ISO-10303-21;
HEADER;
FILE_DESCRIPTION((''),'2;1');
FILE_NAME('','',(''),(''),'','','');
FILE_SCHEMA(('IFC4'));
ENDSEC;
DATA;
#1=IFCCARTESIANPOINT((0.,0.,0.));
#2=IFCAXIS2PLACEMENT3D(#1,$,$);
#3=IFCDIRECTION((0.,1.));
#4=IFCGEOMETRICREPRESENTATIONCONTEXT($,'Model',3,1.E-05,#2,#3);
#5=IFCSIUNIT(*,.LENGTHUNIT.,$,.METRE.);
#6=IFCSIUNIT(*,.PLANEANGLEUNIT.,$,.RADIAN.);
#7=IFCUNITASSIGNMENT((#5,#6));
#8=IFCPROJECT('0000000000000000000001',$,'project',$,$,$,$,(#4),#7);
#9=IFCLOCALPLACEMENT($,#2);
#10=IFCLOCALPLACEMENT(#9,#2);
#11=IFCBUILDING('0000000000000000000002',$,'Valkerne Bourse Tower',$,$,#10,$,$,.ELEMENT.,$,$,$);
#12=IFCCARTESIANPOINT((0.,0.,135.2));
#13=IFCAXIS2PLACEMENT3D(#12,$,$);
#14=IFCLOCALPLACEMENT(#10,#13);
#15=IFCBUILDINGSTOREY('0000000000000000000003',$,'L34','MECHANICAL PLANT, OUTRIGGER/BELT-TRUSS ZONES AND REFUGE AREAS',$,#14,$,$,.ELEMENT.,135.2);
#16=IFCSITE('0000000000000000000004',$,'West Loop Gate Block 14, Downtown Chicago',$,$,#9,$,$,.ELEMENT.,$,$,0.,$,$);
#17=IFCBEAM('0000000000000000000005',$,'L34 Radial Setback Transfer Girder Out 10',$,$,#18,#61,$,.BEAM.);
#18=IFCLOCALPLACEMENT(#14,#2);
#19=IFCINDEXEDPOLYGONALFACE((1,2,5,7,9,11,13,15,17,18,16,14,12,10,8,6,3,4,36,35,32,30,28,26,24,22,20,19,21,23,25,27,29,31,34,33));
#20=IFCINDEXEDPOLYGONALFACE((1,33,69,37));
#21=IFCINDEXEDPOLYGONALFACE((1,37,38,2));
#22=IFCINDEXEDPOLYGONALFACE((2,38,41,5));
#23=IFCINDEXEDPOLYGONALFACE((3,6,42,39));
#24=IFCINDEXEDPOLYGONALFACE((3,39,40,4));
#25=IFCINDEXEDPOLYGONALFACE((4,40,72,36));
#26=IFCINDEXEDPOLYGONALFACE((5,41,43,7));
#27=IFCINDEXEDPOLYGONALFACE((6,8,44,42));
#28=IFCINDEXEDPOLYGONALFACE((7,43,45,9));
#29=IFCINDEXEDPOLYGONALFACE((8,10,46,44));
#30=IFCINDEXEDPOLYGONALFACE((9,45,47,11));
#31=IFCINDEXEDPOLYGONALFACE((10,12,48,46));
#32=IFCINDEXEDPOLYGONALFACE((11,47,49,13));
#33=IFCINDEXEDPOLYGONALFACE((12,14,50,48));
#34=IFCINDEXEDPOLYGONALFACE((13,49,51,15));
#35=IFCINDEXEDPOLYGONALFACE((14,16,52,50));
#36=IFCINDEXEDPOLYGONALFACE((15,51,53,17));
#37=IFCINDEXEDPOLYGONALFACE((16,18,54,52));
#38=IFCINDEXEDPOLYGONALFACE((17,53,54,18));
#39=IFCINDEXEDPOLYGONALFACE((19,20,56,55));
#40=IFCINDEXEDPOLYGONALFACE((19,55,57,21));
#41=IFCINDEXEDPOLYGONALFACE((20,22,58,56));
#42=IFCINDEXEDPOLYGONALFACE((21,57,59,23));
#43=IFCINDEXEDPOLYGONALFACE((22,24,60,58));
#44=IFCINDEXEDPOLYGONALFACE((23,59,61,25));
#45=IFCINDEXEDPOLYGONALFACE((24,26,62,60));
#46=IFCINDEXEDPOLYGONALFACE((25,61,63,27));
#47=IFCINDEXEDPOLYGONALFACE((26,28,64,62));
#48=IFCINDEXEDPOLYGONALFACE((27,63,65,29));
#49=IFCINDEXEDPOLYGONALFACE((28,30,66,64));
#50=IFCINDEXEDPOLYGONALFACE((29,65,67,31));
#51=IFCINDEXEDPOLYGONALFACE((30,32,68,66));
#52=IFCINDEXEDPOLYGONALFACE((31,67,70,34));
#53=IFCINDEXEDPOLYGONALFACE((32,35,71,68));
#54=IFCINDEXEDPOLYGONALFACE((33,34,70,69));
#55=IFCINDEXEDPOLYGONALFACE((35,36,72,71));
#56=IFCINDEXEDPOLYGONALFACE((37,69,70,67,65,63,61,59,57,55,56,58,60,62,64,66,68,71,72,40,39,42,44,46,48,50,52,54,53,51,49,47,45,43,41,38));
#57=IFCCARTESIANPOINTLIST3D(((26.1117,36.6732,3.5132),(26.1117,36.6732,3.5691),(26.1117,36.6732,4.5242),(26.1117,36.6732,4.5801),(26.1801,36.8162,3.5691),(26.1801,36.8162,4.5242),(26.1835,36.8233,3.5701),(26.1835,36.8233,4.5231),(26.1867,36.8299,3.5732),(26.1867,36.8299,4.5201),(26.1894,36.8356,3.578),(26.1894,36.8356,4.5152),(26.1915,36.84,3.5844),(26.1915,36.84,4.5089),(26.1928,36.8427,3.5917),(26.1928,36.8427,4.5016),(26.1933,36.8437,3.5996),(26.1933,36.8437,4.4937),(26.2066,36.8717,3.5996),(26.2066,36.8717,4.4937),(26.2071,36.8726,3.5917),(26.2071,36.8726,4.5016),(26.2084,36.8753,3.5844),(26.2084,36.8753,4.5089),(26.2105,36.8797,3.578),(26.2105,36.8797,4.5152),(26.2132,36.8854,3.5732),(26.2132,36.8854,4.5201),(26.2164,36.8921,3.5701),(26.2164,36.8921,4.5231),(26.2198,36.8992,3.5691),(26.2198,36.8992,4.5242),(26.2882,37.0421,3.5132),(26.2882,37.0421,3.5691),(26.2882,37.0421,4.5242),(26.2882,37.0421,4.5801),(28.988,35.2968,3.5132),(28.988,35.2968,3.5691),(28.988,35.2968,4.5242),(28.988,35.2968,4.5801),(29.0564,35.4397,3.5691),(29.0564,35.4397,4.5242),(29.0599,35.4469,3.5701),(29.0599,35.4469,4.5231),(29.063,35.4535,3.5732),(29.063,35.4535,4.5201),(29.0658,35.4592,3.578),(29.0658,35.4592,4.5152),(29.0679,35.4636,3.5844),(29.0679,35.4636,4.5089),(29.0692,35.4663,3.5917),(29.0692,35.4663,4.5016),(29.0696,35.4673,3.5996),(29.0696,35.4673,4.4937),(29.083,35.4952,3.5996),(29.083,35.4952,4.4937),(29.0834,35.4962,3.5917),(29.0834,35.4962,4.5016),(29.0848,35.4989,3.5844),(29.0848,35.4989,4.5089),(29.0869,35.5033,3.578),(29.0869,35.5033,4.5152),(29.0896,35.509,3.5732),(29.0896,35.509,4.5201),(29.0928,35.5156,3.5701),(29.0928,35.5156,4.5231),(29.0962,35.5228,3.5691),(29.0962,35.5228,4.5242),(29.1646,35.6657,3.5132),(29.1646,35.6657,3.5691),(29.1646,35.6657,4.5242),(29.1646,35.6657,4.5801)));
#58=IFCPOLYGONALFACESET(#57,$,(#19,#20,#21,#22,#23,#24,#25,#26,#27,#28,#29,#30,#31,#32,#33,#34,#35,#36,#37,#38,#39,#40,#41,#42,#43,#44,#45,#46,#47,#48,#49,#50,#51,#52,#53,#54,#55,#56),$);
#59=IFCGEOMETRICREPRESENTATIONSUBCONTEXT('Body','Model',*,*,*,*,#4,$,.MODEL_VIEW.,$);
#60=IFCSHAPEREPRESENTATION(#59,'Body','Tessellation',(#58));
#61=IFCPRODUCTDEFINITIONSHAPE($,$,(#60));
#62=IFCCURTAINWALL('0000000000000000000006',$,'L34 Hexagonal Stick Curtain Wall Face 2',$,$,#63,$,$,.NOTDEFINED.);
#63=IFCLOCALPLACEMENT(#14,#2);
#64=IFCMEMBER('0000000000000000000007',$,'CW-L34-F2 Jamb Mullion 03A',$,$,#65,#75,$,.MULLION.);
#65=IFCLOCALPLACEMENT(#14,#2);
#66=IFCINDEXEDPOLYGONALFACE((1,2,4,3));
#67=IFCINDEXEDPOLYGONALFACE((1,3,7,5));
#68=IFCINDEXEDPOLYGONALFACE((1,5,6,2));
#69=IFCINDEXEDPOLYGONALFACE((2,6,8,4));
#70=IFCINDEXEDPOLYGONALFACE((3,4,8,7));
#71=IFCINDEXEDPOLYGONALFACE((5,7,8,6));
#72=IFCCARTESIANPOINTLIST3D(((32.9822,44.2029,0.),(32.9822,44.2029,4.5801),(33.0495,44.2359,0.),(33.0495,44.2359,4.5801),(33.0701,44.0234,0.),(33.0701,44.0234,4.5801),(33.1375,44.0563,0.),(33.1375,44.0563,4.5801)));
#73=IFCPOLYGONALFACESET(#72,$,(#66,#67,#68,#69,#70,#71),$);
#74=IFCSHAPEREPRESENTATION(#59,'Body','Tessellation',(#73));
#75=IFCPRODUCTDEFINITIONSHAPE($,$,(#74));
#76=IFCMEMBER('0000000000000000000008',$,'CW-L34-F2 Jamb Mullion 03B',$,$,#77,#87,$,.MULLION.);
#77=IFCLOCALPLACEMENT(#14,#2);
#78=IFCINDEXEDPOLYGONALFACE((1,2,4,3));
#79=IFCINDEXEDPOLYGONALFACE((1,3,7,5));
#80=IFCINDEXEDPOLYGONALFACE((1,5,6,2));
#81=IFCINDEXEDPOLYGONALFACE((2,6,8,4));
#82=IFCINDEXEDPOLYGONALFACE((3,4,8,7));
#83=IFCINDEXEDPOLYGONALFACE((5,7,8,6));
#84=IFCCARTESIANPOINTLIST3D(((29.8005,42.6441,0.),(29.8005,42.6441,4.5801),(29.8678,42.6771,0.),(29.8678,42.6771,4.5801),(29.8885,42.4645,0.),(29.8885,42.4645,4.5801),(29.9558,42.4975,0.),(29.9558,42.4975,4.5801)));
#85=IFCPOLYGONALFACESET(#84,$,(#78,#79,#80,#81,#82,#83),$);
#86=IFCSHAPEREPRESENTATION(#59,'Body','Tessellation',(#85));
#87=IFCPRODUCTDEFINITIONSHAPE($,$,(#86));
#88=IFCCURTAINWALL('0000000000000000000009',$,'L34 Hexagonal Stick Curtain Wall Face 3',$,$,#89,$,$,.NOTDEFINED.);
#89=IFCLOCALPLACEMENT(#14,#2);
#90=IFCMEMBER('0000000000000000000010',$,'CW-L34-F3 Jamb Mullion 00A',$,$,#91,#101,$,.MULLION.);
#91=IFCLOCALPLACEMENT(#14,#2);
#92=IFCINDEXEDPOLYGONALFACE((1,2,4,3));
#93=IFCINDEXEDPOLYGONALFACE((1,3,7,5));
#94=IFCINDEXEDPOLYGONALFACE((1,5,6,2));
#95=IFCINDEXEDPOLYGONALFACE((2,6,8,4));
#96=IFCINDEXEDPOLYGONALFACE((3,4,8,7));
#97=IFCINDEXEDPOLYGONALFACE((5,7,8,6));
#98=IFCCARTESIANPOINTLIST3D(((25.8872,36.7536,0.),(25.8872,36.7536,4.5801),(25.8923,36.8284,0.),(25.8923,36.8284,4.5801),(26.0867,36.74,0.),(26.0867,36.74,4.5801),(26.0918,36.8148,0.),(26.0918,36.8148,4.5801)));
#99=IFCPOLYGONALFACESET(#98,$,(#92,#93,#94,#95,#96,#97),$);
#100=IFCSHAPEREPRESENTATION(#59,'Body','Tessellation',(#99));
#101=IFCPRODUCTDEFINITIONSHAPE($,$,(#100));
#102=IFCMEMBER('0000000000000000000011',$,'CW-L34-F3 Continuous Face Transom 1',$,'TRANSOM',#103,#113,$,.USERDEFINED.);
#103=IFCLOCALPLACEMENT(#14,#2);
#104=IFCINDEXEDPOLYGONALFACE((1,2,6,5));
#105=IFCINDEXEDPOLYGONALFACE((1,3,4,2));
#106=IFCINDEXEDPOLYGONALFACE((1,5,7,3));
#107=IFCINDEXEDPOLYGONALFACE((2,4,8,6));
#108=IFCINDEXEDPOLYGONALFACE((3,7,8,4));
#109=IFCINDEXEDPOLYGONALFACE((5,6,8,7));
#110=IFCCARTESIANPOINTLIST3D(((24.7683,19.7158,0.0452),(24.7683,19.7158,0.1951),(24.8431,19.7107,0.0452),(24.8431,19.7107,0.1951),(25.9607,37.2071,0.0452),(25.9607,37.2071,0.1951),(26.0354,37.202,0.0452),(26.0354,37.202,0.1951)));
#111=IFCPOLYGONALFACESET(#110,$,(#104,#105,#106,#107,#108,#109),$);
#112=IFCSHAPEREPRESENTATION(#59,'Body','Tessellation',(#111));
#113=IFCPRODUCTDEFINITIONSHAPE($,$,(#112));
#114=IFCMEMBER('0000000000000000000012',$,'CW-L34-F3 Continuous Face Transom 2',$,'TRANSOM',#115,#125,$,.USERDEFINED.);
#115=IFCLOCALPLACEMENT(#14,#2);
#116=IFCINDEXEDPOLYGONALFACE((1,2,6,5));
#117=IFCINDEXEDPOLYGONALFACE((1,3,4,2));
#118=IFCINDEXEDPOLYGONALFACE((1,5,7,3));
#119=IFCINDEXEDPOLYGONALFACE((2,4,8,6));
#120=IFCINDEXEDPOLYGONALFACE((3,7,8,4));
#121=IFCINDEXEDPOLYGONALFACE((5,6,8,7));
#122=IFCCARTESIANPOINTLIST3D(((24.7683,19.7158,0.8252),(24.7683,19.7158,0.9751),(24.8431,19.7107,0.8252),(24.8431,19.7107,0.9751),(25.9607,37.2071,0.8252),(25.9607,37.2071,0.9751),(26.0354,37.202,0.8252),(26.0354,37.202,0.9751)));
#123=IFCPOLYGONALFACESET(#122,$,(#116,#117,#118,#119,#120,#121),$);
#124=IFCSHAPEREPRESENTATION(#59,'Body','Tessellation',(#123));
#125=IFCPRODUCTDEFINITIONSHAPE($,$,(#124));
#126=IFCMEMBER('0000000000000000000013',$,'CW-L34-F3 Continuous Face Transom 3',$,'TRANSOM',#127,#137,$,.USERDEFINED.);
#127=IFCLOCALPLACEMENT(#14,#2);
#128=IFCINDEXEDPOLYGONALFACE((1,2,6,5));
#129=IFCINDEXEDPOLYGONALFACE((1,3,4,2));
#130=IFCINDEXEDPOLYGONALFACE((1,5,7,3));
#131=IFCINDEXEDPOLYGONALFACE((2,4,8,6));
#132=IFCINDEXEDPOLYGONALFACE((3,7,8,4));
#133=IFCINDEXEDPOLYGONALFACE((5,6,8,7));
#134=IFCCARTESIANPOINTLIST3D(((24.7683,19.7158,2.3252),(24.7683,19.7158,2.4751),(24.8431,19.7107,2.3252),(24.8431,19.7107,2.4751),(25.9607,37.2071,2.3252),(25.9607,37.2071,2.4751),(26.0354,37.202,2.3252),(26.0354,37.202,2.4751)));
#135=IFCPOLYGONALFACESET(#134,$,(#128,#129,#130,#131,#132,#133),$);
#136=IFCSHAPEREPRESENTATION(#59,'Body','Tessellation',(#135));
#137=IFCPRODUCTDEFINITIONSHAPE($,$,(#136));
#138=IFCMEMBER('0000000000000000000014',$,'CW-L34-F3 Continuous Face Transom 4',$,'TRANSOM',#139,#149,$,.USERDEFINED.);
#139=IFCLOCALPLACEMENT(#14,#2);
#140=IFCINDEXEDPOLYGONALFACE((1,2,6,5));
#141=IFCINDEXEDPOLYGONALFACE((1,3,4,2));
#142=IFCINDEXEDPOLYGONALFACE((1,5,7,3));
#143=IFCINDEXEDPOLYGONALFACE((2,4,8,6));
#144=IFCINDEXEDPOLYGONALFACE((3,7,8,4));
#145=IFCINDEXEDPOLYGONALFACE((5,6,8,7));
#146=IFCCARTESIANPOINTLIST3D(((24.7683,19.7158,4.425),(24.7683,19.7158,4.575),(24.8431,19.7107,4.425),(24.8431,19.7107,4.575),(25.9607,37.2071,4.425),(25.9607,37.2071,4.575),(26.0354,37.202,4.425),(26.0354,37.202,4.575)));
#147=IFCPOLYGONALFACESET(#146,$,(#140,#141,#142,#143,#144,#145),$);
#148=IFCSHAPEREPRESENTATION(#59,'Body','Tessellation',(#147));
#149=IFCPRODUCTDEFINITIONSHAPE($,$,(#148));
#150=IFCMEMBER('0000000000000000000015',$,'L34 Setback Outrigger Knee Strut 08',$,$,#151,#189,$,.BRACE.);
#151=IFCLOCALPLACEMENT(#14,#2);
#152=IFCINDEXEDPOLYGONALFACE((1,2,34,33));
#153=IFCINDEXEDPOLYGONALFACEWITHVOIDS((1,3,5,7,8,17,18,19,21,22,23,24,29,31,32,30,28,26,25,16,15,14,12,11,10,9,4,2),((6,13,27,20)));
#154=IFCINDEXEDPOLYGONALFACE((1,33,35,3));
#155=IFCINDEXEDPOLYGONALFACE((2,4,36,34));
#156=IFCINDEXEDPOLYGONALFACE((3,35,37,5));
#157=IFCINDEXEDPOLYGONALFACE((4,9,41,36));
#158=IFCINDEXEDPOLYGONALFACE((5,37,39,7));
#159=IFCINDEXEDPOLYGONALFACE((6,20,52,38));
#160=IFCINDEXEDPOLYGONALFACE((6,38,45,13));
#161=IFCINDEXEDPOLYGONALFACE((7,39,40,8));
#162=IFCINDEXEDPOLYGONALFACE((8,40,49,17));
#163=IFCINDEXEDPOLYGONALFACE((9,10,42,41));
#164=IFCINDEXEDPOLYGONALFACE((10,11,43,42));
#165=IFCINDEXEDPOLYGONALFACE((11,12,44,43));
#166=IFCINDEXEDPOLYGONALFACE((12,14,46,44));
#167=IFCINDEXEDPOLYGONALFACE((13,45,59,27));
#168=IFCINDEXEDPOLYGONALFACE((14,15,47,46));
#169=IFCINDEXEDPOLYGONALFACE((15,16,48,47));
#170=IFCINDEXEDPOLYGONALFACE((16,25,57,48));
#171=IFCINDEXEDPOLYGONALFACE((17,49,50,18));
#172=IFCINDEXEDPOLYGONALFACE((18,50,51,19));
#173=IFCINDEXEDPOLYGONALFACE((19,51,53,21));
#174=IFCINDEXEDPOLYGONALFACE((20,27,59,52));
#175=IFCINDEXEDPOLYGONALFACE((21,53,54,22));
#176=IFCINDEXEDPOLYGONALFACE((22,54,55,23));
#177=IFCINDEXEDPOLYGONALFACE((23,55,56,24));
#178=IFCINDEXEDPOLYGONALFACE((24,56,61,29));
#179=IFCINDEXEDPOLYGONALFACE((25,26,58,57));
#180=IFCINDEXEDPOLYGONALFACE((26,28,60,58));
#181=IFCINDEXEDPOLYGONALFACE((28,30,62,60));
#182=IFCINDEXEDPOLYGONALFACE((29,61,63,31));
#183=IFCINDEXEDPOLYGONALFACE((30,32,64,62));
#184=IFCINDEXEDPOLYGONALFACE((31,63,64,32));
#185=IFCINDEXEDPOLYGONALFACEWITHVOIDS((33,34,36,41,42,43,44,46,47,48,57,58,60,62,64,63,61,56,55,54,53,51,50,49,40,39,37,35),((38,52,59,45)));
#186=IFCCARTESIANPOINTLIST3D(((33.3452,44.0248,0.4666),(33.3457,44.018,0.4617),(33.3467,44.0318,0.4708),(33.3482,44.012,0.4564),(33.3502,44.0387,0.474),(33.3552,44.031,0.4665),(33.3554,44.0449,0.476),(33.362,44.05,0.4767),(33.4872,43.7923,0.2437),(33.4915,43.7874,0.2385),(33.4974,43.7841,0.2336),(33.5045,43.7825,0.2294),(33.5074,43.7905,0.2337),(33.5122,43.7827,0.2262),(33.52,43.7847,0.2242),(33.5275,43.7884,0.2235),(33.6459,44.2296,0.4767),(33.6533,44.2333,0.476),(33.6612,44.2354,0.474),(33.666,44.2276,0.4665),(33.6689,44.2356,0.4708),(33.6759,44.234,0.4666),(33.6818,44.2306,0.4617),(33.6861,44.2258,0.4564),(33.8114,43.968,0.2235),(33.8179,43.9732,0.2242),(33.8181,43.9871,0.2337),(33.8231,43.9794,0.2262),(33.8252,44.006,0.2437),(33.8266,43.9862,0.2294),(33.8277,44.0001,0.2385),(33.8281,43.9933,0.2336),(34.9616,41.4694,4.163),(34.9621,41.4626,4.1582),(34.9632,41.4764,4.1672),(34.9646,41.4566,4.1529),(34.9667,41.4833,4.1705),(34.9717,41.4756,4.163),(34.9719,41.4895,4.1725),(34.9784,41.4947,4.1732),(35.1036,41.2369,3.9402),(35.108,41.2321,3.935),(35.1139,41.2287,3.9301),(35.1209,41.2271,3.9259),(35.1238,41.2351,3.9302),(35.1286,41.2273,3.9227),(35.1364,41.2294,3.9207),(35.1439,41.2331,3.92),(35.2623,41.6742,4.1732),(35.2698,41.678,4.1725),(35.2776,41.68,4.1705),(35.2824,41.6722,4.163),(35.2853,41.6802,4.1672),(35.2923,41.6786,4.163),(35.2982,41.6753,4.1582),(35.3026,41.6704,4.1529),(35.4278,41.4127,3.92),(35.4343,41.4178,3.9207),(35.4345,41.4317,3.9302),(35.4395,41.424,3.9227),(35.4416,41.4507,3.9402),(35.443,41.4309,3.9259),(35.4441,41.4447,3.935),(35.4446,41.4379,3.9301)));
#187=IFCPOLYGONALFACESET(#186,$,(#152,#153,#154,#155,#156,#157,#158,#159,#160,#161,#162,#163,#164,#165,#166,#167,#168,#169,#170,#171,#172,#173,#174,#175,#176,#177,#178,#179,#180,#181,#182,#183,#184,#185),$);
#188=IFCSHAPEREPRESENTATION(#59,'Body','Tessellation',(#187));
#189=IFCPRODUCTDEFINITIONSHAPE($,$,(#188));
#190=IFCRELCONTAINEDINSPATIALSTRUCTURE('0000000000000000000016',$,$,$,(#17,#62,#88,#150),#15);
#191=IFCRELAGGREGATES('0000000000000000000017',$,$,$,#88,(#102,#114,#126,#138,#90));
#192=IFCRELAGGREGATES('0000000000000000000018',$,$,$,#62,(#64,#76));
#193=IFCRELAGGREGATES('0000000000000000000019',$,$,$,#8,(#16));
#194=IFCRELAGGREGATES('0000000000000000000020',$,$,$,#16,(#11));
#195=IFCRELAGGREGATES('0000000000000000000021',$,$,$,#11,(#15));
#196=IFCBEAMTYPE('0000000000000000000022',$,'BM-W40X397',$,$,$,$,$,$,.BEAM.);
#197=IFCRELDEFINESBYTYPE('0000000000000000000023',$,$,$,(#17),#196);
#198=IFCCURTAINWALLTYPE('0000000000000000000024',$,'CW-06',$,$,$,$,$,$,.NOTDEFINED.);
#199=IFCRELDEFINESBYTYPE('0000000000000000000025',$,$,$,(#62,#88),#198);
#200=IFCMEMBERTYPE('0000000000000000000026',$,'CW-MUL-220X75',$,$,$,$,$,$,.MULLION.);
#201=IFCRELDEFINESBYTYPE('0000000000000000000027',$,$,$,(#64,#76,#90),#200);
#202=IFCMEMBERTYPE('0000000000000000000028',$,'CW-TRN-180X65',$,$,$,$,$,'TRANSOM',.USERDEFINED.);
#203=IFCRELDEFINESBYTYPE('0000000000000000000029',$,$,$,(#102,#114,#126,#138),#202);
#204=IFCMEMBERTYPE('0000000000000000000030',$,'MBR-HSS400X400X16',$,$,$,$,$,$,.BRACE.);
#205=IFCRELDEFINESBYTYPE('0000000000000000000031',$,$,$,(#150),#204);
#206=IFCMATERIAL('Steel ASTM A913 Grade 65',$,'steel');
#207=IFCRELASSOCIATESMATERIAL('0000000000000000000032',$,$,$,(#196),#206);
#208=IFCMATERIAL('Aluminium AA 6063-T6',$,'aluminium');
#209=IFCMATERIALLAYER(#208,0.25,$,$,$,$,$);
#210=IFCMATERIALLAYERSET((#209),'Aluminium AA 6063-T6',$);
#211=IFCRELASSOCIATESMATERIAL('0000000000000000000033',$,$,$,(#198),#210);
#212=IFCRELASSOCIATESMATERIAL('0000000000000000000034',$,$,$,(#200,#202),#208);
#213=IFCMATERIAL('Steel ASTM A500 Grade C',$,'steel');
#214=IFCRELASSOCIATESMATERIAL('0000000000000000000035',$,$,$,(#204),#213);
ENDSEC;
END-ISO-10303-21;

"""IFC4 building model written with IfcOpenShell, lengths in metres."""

from ifc_helpers import new_model, si_unit, direction, frame, origin, origin_2d, place, context, subcontext, project, spatial, rectangle, hollow_rectangle, i_section, extrude, material, layer, layer_set, material_profile, profile_set, type_object, element, aggregate, save


model = new_model("IFC4")

# Units and contexts
model_context = context("Model", 3, precision=1e-05, world=origin(), true_north=direction((0.0, 1.0)))
body_context = subcontext(model_context, "Body", "Model", "MODEL_VIEW")
ifc_project = project(units=[si_unit("LENGTHUNIT", "METRE"), si_unit("PLANEANGLEUNIT", "RADIAN")], contexts=[model_context])

# Site, building, storey
site_placement = place(None, origin())
site = spatial("IfcSite", under=ifc_project, at=site_placement, Name="West Loop Gate Block 14, Downtown Chicago", CompositionType="ELEMENT", RefElevation=0.0)
building_placement = place(site_placement, origin())
building = spatial("IfcBuilding", under=site, at=building_placement, Name="Valkerne Bourse Tower", CompositionType="ELEMENT")
storey_placement = place(building_placement, frame((0.0, 0.0, 135.2)))
storey = spatial("IfcBuildingStorey", under=building, at=storey_placement, Name="L34", Description="MECHANICAL PLANT, OUTRIGGER/BELT-TRUSS ZONES AND REFUGE AREAS", CompositionType="ELEMENT", Elevation=135.2)

# Shared definitions
ifc_material_1 = material(Name="Steel ASTM A913 Grade 65", Category="steel")

# Beam
ifc_material_profile_1 = material_profile(ifc_material_1, i_section(OverallWidth=0.4089, OverallDepth=1.0669, WebThickness=0.031, FlangeThickness=0.0559, FilletRadius=0.0305, at=origin_2d()), Name="W40X397")
ifc_profile_set_1 = profile_set([ifc_material_profile_1], Name="Steel ASTM A913 Grade 65")
beam_type_1 = type_object("IfcBeamType", Name="BM-W40X397", PredefinedType="BEAM", material=ifc_profile_set_1)
beam_1_placement = place(storey_placement, frame((26.2, 36.8577, 4.0466), z_axis=(0.902041, -0.431651, 0.0), x_axis=(0.431651, 0.902041, 0.0)))
element("IfcBeam", 1, at=beam_1_placement, inside=storey, type_object=beam_type_1, Name="L34 Radial Setback Transfer Girder Out 10", PredefinedType="BEAM", context=body_context, shape_type="SweptSolid", body=[
    extrude(i_section(OverallWidth=0.4089, OverallDepth=1.0669, WebThickness=0.031, FlangeThickness=0.0559, FilletRadius=0.0305, at=origin_2d()), origin(), (0.0, 0.0, 1.0), 3.1887),
])

# Curtain walls, members
ifc_material_2 = material(Name="Aluminium AA 6063-T6", Category="aluminium")
ifc_layer_1 = layer(ifc_material_2, 0.25)
ifc_layer_set_1 = layer_set([ifc_layer_1], Name="Aluminium AA 6063-T6")
curtain_wall_type = type_object("IfcCurtainWallType", Name="CW-06", PredefinedType="NOTDEFINED", material=ifc_layer_set_1)
curtain_wall_1_placement = place(storey_placement, origin())
curtain_wall_1 = element("IfcCurtainWall", 2, at=curtain_wall_1_placement, inside=storey, type_object=curtain_wall_type, Name="L34 Hexagonal Stick Curtain Wall Face 2", PredefinedType="NOTDEFINED")
ifc_material_profile_2 = material_profile(ifc_material_2, rectangle(XDim=0.075, YDim=0.2, at=origin_2d()), Name="CWM-75X200")
ifc_profile_set_2 = profile_set([ifc_material_profile_2], Name="Aluminium AA 6063-T6")
member_type_1 = type_object("IfcMemberType", Name="CW-MUL-220X75", PredefinedType="MULLION", material=ifc_profile_set_2)
member_1_placement = place(storey_placement, frame((33.0598, 44.1296, 0.0), z_axis=(0.0, 0.0, 1.0), x_axis=(-0.898021, -0.439953, 0.0)))
member_1 = element("IfcMember", 3, at=member_1_placement, type_object=member_type_1, Name="CW-L34-F2 Jamb Mullion 03A", PredefinedType="MULLION", context=body_context, shape_type="SweptSolid", body=[
    extrude(rectangle(XDim=0.075, YDim=0.2, at=origin_2d()), origin(), (0.0, 0.0, 1.0), 4.5801),
])
member_2_placement = place(storey_placement, frame((29.8782, 42.5708, 0.0), z_axis=(0.0, 0.0, 1.0), x_axis=(-0.898021, -0.439953, 0.0)))
member_2 = element("IfcMember", 4, at=member_2_placement, type_object=member_type_1, Name="CW-L34-F2 Jamb Mullion 03B", PredefinedType="MULLION", context=body_context, shape_type="SweptSolid", body=[
    extrude(rectangle(XDim=0.075, YDim=0.2, at=origin_2d()), origin(), (0.0, 0.0, 1.0), 4.5801),
])
curtain_wall_2_placement = place(storey_placement, origin())
curtain_wall_2 = element("IfcCurtainWall", 5, at=curtain_wall_2_placement, inside=storey, type_object=curtain_wall_type, Name="L34 Hexagonal Stick Curtain Wall Face 3", PredefinedType="NOTDEFINED")
member_3_placement = place(storey_placement, frame((25.9895, 36.7842, 0.0), z_axis=(0.0, 0.0, 1.0), x_axis=(-0.068012, -0.997685, 0.0)))
member_3 = element("IfcMember", 6, at=member_3_placement, type_object=member_type_1, Name="CW-L34-F3 Jamb Mullion 00A", PredefinedType="MULLION", context=body_context, shape_type="SweptSolid", body=[
    extrude(rectangle(XDim=0.075, YDim=0.2, at=origin_2d()), origin(), (0.0, 0.0, 1.0), 4.5801),
])
ifc_material_profile_3 = material_profile(ifc_material_2, rectangle(XDim=0.075, YDim=0.1499, at=origin_2d()), Name="CWT-75X150")
ifc_profile_set_3 = profile_set([ifc_material_profile_3], Name="Aluminium AA 6063-T6")
member_type_2 = type_object("IfcMemberType", Name="CW-TRN-180X65", ElementType="TRANSOM", PredefinedType="USERDEFINED", material=ifc_profile_set_3)
member_4_placement = place(storey_placement, frame((25.998, 37.2046, 0.1201), z_axis=(-0.068012, -0.997685, 0.0), x_axis=(0.997685, -0.068012, 0.0)))
member_4 = element("IfcMember", 7, at=member_4_placement, type_object=member_type_2, Name="CW-L34-F3 Continuous Face Transom 1", ObjectType="TRANSOM", PredefinedType="USERDEFINED", context=body_context, shape_type="SweptSolid", body=[
    extrude(rectangle(XDim=0.075, YDim=0.1499, at=origin_2d()), origin(), (0.0, 0.0, 1.0), 17.532),
])
member_5_placement = place(storey_placement, frame((25.998, 37.2046, 0.9001), z_axis=(-0.068012, -0.997685, 0.0), x_axis=(0.997685, -0.068012, 0.0)))
member_5 = element("IfcMember", 8, at=member_5_placement, type_object=member_type_2, Name="CW-L34-F3 Continuous Face Transom 2", ObjectType="TRANSOM", PredefinedType="USERDEFINED", context=body_context, shape_type="SweptSolid", body=[
    extrude(rectangle(XDim=0.075, YDim=0.1499, at=origin_2d()), origin(), (0.0, 0.0, 1.0), 17.532),
])
member_6_placement = place(storey_placement, frame((25.998, 37.2046, 2.4001), z_axis=(-0.068012, -0.997685, 0.0), x_axis=(0.997685, -0.068012, 0.0)))
member_6 = element("IfcMember", 9, at=member_6_placement, type_object=member_type_2, Name="CW-L34-F3 Continuous Face Transom 3", ObjectType="TRANSOM", PredefinedType="USERDEFINED", context=body_context, shape_type="SweptSolid", body=[
    extrude(rectangle(XDim=0.075, YDim=0.1499, at=origin_2d()), origin(), (0.0, 0.0, 1.0), 17.532),
])
member_7_placement = place(storey_placement, frame((25.998, 37.2046, 4.5), z_axis=(-0.068012, -0.997685, 0.0), x_axis=(0.997685, -0.068012, 0.0)))
member_7 = element("IfcMember", 10, at=member_7_placement, type_object=member_type_2, Name="CW-L34-F3 Continuous Face Transom 4", ObjectType="TRANSOM", PredefinedType="USERDEFINED", context=body_context, shape_type="SweptSolid", body=[
    extrude(rectangle(XDim=0.075, YDim=0.1499, at=origin_2d()), origin(), (0.0, 0.0, 1.0), 17.532),
])
aggregate(curtain_wall_2, [member_4, member_5, member_6, member_7, member_3])

# Member
ifc_material_3 = material(Name="Steel ASTM A500 Grade C", Category="steel")
ifc_material_profile_4 = material_profile(ifc_material_3, hollow_rectangle(XDim=0.3999, YDim=0.3999, WallThickness=0.0161, OuterFilletRadius=0.032, at=origin_2d()), Name="HSS400X400X16")
ifc_profile_set_4 = profile_set([ifc_material_profile_4], Name="Steel ASTM A500 Grade C")
member_type_3 = type_object("IfcMemberType", Name="MBR-HSS400X400X16", PredefinedType="BRACE", material=ifc_profile_set_4)
member_8_placement = place(storey_placement, frame((33.5867, 44.009, 0.3501), z_axis=(0.338474, -0.535086, 0.774027), x_axis=(0.845115, 0.534585, 0.0)))
element("IfcMember", 11, at=member_8_placement, inside=storey, type_object=member_type_3, Name="L34 Setback Outrigger Knee Strut 08", PredefinedType="BRACE", context=body_context, shape_type="SweptSolid", body=[
    extrude(hollow_rectangle(XDim=0.3999, YDim=0.3999, WallThickness=0.0161, OuterFilletRadius=0.032, at=origin_2d()), origin(), (0.0, 0.0, 1.0), 4.7756),
])

aggregate(curtain_wall_1, [member_1, member_2])

save(model, "model.ifc")
